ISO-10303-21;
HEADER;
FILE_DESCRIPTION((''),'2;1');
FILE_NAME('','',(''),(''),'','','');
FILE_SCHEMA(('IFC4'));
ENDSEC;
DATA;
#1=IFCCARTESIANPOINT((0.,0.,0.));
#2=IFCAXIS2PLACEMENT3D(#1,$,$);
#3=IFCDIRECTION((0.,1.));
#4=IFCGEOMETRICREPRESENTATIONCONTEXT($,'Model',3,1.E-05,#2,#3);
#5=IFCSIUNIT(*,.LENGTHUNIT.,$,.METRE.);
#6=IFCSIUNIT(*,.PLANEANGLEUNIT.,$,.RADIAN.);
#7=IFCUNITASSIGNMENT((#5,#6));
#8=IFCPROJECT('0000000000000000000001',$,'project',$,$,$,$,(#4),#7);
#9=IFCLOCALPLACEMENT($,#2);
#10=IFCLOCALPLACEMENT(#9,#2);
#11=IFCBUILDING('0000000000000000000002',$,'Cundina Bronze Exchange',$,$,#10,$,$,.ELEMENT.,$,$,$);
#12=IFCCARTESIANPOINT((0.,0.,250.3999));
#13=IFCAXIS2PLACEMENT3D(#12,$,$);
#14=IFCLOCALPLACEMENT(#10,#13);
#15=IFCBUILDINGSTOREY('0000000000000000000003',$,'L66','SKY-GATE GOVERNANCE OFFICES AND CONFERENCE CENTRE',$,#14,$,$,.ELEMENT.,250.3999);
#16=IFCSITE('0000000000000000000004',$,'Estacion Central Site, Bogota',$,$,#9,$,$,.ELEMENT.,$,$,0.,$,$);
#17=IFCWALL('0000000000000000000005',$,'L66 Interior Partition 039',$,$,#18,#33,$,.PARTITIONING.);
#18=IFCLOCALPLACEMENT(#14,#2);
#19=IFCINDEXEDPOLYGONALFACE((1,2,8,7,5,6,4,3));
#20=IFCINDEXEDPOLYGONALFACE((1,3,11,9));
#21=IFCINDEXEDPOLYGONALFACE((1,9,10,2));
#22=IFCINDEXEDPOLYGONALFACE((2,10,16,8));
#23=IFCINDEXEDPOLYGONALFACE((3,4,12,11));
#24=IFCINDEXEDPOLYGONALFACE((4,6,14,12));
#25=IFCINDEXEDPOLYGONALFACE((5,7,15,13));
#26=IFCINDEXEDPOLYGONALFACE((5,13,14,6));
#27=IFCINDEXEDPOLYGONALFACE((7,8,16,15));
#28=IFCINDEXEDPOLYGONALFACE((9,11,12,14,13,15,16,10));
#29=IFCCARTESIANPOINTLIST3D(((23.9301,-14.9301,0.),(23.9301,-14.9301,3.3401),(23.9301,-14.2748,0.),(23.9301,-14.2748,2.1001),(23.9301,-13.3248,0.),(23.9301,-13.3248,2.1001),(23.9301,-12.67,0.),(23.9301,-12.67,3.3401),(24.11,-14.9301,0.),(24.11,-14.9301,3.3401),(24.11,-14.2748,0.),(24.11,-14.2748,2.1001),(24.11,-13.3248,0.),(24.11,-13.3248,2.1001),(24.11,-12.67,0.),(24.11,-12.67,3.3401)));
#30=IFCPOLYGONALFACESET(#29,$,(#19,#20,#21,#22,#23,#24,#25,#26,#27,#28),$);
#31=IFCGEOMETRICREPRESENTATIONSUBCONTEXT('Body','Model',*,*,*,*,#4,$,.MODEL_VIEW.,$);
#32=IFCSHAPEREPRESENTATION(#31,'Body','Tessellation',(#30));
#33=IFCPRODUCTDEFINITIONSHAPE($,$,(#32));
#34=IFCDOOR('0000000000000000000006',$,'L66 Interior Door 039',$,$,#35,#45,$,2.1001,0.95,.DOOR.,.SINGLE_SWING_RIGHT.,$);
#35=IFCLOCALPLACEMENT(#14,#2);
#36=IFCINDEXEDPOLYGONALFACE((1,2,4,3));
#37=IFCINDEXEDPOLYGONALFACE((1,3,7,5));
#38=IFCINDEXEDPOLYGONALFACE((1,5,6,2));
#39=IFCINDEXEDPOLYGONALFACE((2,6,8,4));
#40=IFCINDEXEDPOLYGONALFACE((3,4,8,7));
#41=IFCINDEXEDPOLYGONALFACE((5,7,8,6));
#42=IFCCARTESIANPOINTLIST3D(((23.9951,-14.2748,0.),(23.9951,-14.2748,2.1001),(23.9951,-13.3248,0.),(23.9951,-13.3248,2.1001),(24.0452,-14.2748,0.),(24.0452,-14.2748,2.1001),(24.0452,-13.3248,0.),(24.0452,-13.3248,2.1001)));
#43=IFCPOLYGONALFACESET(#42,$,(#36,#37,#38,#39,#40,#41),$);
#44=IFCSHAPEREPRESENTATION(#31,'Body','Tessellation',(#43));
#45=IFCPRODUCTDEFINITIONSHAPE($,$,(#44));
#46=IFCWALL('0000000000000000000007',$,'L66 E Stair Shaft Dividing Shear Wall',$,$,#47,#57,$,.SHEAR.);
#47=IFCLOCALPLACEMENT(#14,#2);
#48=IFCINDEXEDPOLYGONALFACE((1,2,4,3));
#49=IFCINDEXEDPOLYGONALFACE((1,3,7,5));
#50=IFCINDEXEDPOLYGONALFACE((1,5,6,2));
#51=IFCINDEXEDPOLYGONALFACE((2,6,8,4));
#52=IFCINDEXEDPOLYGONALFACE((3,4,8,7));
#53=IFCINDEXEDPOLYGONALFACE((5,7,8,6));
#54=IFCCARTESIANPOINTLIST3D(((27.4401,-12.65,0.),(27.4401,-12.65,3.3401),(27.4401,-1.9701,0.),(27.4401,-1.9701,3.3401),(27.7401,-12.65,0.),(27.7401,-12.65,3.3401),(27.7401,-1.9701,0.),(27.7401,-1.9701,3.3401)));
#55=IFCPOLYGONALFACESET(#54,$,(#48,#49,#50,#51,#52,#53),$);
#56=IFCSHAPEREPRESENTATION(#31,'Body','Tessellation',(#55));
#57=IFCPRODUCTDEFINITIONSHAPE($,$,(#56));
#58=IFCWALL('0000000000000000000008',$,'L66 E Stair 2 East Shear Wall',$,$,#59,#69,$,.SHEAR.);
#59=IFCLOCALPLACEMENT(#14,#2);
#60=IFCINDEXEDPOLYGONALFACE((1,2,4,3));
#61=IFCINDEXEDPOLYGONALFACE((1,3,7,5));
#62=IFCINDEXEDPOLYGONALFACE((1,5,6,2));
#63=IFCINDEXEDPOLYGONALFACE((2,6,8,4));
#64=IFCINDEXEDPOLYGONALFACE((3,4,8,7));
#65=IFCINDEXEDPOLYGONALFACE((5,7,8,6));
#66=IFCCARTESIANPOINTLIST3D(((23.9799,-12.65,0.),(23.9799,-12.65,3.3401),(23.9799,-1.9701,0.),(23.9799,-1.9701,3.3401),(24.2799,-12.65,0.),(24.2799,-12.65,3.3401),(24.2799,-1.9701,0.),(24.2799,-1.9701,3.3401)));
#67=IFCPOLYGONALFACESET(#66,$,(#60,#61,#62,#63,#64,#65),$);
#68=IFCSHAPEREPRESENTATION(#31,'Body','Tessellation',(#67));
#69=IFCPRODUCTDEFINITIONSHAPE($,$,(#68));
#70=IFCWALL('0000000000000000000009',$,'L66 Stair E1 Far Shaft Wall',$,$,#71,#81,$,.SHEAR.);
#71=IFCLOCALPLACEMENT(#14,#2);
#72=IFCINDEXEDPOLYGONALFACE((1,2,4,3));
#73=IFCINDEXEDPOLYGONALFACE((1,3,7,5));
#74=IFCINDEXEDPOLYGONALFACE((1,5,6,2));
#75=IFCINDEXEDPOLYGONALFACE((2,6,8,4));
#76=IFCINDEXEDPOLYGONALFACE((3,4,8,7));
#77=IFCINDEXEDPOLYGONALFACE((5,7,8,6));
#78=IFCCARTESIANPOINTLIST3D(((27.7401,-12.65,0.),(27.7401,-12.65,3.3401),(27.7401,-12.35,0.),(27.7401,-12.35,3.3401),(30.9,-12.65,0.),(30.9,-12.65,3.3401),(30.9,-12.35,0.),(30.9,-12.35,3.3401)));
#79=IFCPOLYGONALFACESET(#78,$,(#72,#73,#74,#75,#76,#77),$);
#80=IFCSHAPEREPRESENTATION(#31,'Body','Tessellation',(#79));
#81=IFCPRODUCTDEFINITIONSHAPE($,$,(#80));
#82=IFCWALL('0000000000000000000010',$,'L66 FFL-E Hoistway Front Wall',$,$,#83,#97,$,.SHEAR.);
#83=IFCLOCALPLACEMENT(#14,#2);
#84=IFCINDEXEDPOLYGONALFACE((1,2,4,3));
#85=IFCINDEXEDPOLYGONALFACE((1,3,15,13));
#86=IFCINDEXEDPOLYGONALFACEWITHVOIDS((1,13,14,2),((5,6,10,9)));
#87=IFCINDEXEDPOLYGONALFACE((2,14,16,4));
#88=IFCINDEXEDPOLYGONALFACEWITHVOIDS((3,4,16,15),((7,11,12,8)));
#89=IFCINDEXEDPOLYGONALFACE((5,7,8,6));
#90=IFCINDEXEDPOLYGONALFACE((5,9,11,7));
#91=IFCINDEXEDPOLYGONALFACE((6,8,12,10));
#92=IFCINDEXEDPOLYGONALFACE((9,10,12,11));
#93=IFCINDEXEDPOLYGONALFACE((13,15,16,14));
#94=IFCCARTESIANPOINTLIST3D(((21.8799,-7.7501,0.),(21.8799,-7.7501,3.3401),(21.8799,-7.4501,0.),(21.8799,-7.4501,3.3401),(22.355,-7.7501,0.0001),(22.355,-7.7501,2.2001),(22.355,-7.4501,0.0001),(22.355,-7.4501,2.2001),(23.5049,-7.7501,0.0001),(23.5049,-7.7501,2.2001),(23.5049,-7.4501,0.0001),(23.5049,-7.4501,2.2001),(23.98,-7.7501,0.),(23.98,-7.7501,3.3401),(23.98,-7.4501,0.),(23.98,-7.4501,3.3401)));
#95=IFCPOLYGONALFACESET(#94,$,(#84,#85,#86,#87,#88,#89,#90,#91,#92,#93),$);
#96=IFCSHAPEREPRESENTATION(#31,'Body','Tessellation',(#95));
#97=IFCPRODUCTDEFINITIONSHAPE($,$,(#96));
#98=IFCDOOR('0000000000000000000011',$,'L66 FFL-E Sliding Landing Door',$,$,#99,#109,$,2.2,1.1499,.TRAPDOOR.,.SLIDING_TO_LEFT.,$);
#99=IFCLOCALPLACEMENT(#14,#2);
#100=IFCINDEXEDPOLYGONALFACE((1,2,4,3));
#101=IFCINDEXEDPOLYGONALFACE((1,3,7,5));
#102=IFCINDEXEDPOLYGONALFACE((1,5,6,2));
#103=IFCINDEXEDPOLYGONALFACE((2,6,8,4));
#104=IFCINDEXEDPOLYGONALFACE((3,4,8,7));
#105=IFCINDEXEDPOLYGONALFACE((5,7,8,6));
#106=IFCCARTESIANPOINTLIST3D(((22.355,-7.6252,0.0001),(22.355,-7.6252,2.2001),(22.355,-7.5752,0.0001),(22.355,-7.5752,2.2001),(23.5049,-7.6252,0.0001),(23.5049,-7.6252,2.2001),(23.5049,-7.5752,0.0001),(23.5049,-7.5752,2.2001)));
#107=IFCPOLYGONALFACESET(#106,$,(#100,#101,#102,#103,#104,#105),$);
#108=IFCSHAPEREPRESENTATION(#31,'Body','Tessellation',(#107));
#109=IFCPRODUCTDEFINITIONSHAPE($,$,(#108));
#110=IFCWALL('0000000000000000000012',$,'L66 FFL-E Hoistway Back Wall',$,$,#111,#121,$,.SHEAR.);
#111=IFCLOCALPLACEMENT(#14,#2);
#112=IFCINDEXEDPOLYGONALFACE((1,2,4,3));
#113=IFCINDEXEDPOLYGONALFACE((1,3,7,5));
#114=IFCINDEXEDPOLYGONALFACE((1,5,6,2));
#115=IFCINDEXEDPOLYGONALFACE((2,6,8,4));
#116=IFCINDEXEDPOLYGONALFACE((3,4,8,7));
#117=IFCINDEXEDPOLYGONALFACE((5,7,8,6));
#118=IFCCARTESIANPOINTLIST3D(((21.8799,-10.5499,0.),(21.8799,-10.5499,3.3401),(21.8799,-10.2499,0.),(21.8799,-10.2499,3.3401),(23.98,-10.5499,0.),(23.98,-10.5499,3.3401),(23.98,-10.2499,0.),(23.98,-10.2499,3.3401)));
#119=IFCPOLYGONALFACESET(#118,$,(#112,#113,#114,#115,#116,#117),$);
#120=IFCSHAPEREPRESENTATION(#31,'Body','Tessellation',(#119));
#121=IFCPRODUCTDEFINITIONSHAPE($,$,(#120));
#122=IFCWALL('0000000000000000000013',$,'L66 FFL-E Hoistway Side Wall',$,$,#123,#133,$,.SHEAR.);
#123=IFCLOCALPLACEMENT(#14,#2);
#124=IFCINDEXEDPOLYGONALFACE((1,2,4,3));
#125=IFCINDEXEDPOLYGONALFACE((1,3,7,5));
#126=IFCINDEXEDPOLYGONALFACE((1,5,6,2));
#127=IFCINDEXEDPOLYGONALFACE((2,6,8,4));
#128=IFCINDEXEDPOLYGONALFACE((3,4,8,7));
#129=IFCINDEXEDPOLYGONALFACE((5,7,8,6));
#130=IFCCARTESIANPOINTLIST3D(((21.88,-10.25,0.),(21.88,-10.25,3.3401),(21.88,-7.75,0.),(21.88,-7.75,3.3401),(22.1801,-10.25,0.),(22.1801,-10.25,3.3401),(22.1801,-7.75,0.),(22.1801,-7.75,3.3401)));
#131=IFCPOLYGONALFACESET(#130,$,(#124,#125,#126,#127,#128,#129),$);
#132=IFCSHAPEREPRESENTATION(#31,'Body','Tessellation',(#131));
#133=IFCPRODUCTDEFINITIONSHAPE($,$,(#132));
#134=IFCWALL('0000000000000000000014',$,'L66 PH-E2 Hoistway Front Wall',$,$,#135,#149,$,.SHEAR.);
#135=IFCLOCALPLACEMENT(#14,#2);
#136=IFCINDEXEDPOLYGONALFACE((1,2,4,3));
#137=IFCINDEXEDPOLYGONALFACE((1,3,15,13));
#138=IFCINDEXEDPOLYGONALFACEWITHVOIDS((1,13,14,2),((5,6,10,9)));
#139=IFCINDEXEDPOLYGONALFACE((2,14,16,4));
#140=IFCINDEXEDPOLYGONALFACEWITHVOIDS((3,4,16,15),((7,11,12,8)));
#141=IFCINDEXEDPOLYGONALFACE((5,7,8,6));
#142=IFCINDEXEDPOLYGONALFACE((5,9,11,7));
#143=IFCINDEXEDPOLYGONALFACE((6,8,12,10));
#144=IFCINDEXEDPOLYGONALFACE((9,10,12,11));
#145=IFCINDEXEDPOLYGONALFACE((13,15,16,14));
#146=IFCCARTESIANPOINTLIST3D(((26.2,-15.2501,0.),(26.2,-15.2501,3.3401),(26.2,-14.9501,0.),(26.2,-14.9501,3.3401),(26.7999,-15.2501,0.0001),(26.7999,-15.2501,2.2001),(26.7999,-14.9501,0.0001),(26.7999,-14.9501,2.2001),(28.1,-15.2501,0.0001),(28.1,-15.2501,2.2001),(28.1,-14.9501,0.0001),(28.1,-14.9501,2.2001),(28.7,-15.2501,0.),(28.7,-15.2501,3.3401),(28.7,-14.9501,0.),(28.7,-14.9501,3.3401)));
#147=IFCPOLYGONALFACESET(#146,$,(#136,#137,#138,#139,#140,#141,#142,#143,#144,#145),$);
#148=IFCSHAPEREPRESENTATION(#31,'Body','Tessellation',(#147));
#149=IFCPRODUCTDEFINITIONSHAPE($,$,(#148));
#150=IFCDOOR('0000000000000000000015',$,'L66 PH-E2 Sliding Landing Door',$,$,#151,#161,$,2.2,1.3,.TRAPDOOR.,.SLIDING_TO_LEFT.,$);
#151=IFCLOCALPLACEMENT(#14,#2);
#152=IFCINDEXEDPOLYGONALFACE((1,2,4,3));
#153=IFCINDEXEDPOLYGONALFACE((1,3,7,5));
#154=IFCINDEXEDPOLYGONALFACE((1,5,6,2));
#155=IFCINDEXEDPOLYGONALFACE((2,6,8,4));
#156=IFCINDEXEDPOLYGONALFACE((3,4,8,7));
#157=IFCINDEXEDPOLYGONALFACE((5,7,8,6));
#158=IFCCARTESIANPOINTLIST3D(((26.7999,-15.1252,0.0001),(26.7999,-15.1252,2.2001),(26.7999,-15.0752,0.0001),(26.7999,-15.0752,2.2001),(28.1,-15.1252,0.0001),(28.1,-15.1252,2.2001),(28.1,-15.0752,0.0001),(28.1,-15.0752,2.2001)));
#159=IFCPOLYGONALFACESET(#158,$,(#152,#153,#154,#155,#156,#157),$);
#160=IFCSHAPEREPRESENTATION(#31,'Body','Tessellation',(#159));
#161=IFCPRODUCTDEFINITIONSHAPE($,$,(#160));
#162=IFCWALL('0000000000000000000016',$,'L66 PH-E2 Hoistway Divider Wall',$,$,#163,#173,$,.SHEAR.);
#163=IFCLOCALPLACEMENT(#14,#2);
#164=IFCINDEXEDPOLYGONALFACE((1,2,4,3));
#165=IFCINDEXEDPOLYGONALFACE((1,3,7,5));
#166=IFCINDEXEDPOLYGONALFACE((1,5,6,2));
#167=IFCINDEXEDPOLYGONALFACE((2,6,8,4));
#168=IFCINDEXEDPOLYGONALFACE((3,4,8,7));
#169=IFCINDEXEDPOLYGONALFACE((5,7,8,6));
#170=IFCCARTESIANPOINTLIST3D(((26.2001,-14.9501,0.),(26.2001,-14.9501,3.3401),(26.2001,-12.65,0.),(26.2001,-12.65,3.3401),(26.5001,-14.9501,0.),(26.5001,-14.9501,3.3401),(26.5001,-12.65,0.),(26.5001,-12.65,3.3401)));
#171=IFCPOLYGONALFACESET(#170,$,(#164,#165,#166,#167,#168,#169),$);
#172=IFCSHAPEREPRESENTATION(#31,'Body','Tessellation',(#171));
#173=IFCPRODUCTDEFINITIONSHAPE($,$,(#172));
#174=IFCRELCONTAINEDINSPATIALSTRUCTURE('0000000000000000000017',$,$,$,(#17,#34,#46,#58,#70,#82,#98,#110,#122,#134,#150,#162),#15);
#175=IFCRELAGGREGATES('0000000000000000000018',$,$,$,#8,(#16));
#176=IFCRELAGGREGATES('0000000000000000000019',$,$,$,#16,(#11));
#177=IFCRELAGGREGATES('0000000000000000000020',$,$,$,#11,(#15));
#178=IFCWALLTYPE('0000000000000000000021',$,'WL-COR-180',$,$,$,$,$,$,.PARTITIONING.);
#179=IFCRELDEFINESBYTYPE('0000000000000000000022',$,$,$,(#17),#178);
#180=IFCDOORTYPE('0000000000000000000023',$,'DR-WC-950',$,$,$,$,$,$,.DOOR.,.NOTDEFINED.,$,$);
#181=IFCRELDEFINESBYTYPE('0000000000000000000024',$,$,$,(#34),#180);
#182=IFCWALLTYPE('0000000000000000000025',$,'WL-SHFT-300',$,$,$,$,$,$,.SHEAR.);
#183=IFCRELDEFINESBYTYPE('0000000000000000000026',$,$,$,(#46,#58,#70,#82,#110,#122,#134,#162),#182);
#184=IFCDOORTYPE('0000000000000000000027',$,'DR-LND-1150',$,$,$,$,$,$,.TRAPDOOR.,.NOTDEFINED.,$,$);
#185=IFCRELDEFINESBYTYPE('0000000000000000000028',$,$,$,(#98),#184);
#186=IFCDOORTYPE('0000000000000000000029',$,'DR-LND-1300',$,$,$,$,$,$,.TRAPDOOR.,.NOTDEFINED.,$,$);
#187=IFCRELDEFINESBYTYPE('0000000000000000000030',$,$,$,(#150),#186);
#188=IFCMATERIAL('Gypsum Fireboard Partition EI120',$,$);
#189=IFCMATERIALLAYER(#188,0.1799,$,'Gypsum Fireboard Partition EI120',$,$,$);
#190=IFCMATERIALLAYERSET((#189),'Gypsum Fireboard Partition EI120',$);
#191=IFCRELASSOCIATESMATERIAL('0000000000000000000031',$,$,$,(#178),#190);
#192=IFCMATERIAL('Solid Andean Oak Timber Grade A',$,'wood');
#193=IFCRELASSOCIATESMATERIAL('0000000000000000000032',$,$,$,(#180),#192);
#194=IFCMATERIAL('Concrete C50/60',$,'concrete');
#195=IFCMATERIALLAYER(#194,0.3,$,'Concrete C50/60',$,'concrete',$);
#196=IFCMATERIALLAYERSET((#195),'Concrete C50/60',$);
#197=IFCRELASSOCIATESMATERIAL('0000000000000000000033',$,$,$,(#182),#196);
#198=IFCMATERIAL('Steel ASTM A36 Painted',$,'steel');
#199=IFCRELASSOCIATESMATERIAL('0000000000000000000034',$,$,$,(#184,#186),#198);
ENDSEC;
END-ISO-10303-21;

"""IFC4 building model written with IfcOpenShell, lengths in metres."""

from ifc_helpers import new_model, si_unit, direction, frame, frame_2d, origin, place, context, subcontext, project, spatial, rectangle, extrude, material, layer, layer_set, type_object, element, fill, save


model = new_model("IFC4")

# Units and contexts
model_context = context("Model", 3, precision=1e-05, world=origin(), true_north=direction((0.0, 1.0)))
body_context = subcontext(model_context, "Body", "Model", "MODEL_VIEW")
ifc_project = project(units=[si_unit("LENGTHUNIT", "METRE"), si_unit("PLANEANGLEUNIT", "RADIAN")], contexts=[model_context])

# Site, building, storey
site_placement = place(None, origin())
site = spatial("IfcSite", under=ifc_project, at=site_placement, Name="Estacion Central Site, Bogota", CompositionType="ELEMENT", RefElevation=0.0)
building_placement = place(site_placement, origin())
building = spatial("IfcBuilding", under=site, at=building_placement, Name="Cundina Bronze Exchange", CompositionType="ELEMENT")
storey_placement = place(building_placement, frame((0.0, 0.0, 250.3999)))
storey = spatial("IfcBuildingStorey", under=building, at=storey_placement, Name="L66", Description="SKY-GATE GOVERNANCE OFFICES AND CONFERENCE CENTRE", CompositionType="ELEMENT", Elevation=250.3999)

# Shared definitions
ifc_material_1 = material(Name="Concrete C50/60", Category="concrete")

# Shared definitions
ifc_material_2 = material(Name="Gypsum Fireboard Partition EI120")
ifc_layer_1 = layer(ifc_material_2, 0.1799, Name="Gypsum Fireboard Partition EI120")
ifc_layer_set_1 = layer_set([ifc_layer_1], Name="Gypsum Fireboard Partition EI120")
wall_type_1 = type_object("IfcWallType", Name="WL-COR-180", PredefinedType="PARTITIONING", material=ifc_layer_set_1)

# Wall, opening, door
wall_1_placement = place(storey_placement, frame((24.02, -14.9299, 0.0), z_axis=(0.0, 0.0, 1.0), x_axis=(0.0, 1.0, 0.0)))
wall_1 = element("IfcWall", 1, at=wall_1_placement, inside=storey, type_object=wall_type_1, Name="L66 Interior Partition 039", PredefinedType="PARTITIONING", context=body_context, shape_type="SweptSolid", body=[
    extrude(rectangle(XDim=2.26, YDim=0.1799, at=frame_2d((1.1299, 0.0))), origin(), (0.0, 0.0, 1.0), 3.3401),
])
opening_1_placement = place(wall_1_placement, frame((0.655, 0.0, 0.0)))
opening_1 = element("IfcOpeningElement", 2, at=opening_1_placement, cuts=wall_1, PredefinedType="OPENING", context=body_context, shape_type="SweptSolid", body=[
    extrude(rectangle(XDim=0.95, YDim=2.1001, at=frame_2d((0.4751, 1.05))), frame((0.0, 0.0999, 0.0), z_axis=(0.0, -1.0, 0.0), x_axis=(1.0, 0.0, 0.0)), (0.0, 0.0, 1.0), 0.2),
])
ifc_material_3 = material(Name="Solid Andean Oak Timber Grade A", Category="wood")
door_type_1 = type_object("IfcDoorType", Name="DR-WC-950", OperationType="NOTDEFINED", PredefinedType="DOOR", material=ifc_material_3)
door_1_placement = place(opening_1_placement, origin())
door_1 = element("IfcDoor", 3, at=door_1_placement, inside=storey, type_object=door_type_1, Name="L66 Interior Door 039", OperationType="SINGLE_SWING_RIGHT", OverallHeight=2.1001, OverallWidth=0.95, PredefinedType="DOOR", context=body_context, shape_type="SweptSolid", body=[
    extrude(rectangle(XDim=0.95, YDim=2.1001, at=frame_2d((0.4751, 1.05))), frame((0.0, 0.0249, 0.0), z_axis=(0.0, -1.0, 0.0), x_axis=(1.0, 0.0, 0.0)), (0.0, 0.0, 1.0), 0.05),
])
fill(opening_1, door_1)

# Walls
ifc_layer_2 = layer(ifc_material_1, 0.3, Name="Concrete C50/60", Category="concrete")
ifc_layer_set_2 = layer_set([ifc_layer_2], Name="Concrete C50/60")
wall_type_2 = type_object("IfcWallType", Name="WL-SHFT-300", PredefinedType="SHEAR", material=ifc_layer_set_2)
for number, where, z_axis, x_axis, name in (
    (4, (27.5901, -12.6499, 0.0), (0.0, 0.0, 1.0), (0.0, 1.0, 0.0), "L66 E Stair Shaft Dividing Shear Wall"),
    (5, (24.1299, -12.6499, 0.0), (0.0, 0.0, 1.0), (0.0, 1.0, 0.0), "L66 E Stair 2 East Shear Wall"),
):
    element("IfcWall", number, at=place(storey_placement, frame(where, z_axis=z_axis, x_axis=x_axis)), inside=storey, type_object=wall_type_2, Name=name, PredefinedType="SHEAR", context=body_context, shape_type="SweptSolid", body=[
        extrude(rectangle(XDim=10.6799, YDim=0.3, at=frame_2d((5.3398, 0.0))), origin(), (0.0, 0.0, 1.0), 3.3401),
    ])
wall_2_placement = place(storey_placement, frame((27.74, -12.5, 0.0), z_axis=(0.0, 0.0, 1.0), x_axis=(1.0, 0.0, 0.0)))
element("IfcWall", 6, at=wall_2_placement, inside=storey, type_object=wall_type_2, Name="L66 Stair E1 Far Shaft Wall", PredefinedType="SHEAR", context=body_context, shape_type="SweptSolid", body=[
    extrude(rectangle(XDim=3.1599, YDim=0.3, at=frame_2d((1.5801, 0.0))), origin(), (0.0, 0.0, 1.0), 3.3401),
])

# Wall, opening, door
ifc_material_4 = material(Name="Steel ASTM A36 Painted", Category="steel")
wall_3_placement = place(storey_placement, frame((21.8799, -7.6001, 0.0), z_axis=(0.0, 0.0, 1.0), x_axis=(1.0, 0.0, 0.0)))
wall_3 = element("IfcWall", 7, at=wall_3_placement, inside=storey, type_object=wall_type_2, Name="L66 FFL-E Hoistway Front Wall", PredefinedType="SHEAR", context=body_context, shape_type="SweptSolid", body=[
    extrude(rectangle(XDim=2.1001, YDim=0.3, at=frame_2d((1.05, 0.0))), origin(), (0.0, 0.0, 1.0), 3.3401),
])
opening_2_placement = place(wall_3_placement, frame((0.4751, 0.0, 0.0)))
opening_2 = element("IfcOpeningElement", 8, at=opening_2_placement, cuts=wall_3, PredefinedType="OPENING", context=body_context, shape_type="SweptSolid", body=[
    extrude(rectangle(XDim=1.1499, YDim=2.2, at=frame_2d((0.575, 1.1001))), frame((0.0, 0.1599, 0.0), z_axis=(0.0, -1.0, 0.0), x_axis=(1.0, 0.0, 0.0)), (0.0, 0.0, 1.0), 0.3201),
])
door_type_2 = type_object("IfcDoorType", Name="DR-LND-1150", OperationType="NOTDEFINED", PredefinedType="TRAPDOOR", material=ifc_material_4)
door_2_placement = place(opening_2_placement, origin())
door_2 = element("IfcDoor", 9, at=door_2_placement, inside=storey, type_object=door_type_2, Name="L66 FFL-E Sliding Landing Door", OperationType="SLIDING_TO_LEFT", OverallHeight=2.2, OverallWidth=1.1499, PredefinedType="TRAPDOOR", context=body_context, shape_type="SweptSolid", body=[
    extrude(rectangle(XDim=1.1499, YDim=2.2, at=frame_2d((0.575, 1.1001))), frame((0.0, 0.0249, 0.0), z_axis=(0.0, -1.0, 0.0), x_axis=(1.0, 0.0, 0.0)), (0.0, 0.0, 1.0), 0.05),
])
fill(opening_2, door_2)

# Walls
wall_4_placement = place(storey_placement, frame((21.8799, -10.3999, 0.0), z_axis=(0.0, 0.0, 1.0), x_axis=(1.0, 0.0, 0.0)))
element("IfcWall", 10, at=wall_4_placement, inside=storey, type_object=wall_type_2, Name="L66 FFL-E Hoistway Back Wall", PredefinedType="SHEAR", context=body_context, shape_type="SweptSolid", body=[
    extrude(rectangle(XDim=2.1001, YDim=0.3, at=frame_2d((1.05, 0.0))), origin(), (0.0, 0.0, 1.0), 3.3401),
])
wall_5_placement = place(storey_placement, frame((22.03, -10.25, 0.0), z_axis=(0.0, 0.0, 1.0), x_axis=(0.0, 1.0, 0.0)))
element("IfcWall", 11, at=wall_5_placement, inside=storey, type_object=wall_type_2, Name="L66 FFL-E Hoistway Side Wall", PredefinedType="SHEAR", context=body_context, shape_type="SweptSolid", body=[
    extrude(rectangle(XDim=2.5, YDim=0.3, at=frame_2d((1.25, 0.0))), origin(), (0.0, 0.0, 1.0), 3.3401),
])

# Wall, opening, door
wall_6_placement = place(storey_placement, frame((26.2, -15.1001, 0.0), z_axis=(0.0, 0.0, 1.0), x_axis=(1.0, 0.0, 0.0)))
wall_6 = element("IfcWall", 12, at=wall_6_placement, inside=storey, type_object=wall_type_2, Name="L66 PH-E2 Hoistway Front Wall", PredefinedType="SHEAR", context=body_context, shape_type="SweptSolid", body=[
    extrude(rectangle(XDim=2.5, YDim=0.3, at=frame_2d((1.25, 0.0))), origin(), (0.0, 0.0, 1.0), 3.3401),
])
opening_3_placement = place(wall_6_placement, frame((0.6001, 0.0, 0.0)))
opening_3 = element("IfcOpeningElement", 13, at=opening_3_placement, cuts=wall_6, PredefinedType="OPENING", context=body_context, shape_type="SweptSolid", body=[
    extrude(rectangle(XDim=1.3, YDim=2.2, at=frame_2d((0.6499, 1.1001))), frame((0.0, 0.1599, 0.0), z_axis=(0.0, -1.0, 0.0), x_axis=(1.0, 0.0, 0.0)), (0.0, 0.0, 1.0), 0.3201),
])
door_type_3 = type_object("IfcDoorType", Name="DR-LND-1300", OperationType="NOTDEFINED", PredefinedType="TRAPDOOR", material=ifc_material_4)
door_3_placement = place(opening_3_placement, origin())
door_3 = element("IfcDoor", 14, at=door_3_placement, inside=storey, type_object=door_type_3, Name="L66 PH-E2 Sliding Landing Door", OperationType="SLIDING_TO_LEFT", OverallHeight=2.2, OverallWidth=1.3, PredefinedType="TRAPDOOR", context=body_context, shape_type="SweptSolid", body=[
    extrude(rectangle(XDim=1.3, YDim=2.2, at=frame_2d((0.6499, 1.1001))), frame((0.0, 0.0249, 0.0), z_axis=(0.0, -1.0, 0.0), x_axis=(1.0, 0.0, 0.0)), (0.0, 0.0, 1.0), 0.05),
])
fill(opening_3, door_3)

# Wall
wall_7_placement = place(storey_placement, frame((26.3501, -14.95, 0.0), z_axis=(0.0, 0.0, 1.0), x_axis=(0.0, 1.0, 0.0)))
element("IfcWall", 15, at=wall_7_placement, inside=storey, type_object=wall_type_2, Name="L66 PH-E2 Hoistway Divider Wall", PredefinedType="SHEAR", context=body_context, shape_type="SweptSolid", body=[
    extrude(rectangle(XDim=2.3, YDim=0.3, at=frame_2d((1.1499, 0.0))), origin(), (0.0, 0.0, 1.0), 3.3401),
])

save(model, "model.ifc")
